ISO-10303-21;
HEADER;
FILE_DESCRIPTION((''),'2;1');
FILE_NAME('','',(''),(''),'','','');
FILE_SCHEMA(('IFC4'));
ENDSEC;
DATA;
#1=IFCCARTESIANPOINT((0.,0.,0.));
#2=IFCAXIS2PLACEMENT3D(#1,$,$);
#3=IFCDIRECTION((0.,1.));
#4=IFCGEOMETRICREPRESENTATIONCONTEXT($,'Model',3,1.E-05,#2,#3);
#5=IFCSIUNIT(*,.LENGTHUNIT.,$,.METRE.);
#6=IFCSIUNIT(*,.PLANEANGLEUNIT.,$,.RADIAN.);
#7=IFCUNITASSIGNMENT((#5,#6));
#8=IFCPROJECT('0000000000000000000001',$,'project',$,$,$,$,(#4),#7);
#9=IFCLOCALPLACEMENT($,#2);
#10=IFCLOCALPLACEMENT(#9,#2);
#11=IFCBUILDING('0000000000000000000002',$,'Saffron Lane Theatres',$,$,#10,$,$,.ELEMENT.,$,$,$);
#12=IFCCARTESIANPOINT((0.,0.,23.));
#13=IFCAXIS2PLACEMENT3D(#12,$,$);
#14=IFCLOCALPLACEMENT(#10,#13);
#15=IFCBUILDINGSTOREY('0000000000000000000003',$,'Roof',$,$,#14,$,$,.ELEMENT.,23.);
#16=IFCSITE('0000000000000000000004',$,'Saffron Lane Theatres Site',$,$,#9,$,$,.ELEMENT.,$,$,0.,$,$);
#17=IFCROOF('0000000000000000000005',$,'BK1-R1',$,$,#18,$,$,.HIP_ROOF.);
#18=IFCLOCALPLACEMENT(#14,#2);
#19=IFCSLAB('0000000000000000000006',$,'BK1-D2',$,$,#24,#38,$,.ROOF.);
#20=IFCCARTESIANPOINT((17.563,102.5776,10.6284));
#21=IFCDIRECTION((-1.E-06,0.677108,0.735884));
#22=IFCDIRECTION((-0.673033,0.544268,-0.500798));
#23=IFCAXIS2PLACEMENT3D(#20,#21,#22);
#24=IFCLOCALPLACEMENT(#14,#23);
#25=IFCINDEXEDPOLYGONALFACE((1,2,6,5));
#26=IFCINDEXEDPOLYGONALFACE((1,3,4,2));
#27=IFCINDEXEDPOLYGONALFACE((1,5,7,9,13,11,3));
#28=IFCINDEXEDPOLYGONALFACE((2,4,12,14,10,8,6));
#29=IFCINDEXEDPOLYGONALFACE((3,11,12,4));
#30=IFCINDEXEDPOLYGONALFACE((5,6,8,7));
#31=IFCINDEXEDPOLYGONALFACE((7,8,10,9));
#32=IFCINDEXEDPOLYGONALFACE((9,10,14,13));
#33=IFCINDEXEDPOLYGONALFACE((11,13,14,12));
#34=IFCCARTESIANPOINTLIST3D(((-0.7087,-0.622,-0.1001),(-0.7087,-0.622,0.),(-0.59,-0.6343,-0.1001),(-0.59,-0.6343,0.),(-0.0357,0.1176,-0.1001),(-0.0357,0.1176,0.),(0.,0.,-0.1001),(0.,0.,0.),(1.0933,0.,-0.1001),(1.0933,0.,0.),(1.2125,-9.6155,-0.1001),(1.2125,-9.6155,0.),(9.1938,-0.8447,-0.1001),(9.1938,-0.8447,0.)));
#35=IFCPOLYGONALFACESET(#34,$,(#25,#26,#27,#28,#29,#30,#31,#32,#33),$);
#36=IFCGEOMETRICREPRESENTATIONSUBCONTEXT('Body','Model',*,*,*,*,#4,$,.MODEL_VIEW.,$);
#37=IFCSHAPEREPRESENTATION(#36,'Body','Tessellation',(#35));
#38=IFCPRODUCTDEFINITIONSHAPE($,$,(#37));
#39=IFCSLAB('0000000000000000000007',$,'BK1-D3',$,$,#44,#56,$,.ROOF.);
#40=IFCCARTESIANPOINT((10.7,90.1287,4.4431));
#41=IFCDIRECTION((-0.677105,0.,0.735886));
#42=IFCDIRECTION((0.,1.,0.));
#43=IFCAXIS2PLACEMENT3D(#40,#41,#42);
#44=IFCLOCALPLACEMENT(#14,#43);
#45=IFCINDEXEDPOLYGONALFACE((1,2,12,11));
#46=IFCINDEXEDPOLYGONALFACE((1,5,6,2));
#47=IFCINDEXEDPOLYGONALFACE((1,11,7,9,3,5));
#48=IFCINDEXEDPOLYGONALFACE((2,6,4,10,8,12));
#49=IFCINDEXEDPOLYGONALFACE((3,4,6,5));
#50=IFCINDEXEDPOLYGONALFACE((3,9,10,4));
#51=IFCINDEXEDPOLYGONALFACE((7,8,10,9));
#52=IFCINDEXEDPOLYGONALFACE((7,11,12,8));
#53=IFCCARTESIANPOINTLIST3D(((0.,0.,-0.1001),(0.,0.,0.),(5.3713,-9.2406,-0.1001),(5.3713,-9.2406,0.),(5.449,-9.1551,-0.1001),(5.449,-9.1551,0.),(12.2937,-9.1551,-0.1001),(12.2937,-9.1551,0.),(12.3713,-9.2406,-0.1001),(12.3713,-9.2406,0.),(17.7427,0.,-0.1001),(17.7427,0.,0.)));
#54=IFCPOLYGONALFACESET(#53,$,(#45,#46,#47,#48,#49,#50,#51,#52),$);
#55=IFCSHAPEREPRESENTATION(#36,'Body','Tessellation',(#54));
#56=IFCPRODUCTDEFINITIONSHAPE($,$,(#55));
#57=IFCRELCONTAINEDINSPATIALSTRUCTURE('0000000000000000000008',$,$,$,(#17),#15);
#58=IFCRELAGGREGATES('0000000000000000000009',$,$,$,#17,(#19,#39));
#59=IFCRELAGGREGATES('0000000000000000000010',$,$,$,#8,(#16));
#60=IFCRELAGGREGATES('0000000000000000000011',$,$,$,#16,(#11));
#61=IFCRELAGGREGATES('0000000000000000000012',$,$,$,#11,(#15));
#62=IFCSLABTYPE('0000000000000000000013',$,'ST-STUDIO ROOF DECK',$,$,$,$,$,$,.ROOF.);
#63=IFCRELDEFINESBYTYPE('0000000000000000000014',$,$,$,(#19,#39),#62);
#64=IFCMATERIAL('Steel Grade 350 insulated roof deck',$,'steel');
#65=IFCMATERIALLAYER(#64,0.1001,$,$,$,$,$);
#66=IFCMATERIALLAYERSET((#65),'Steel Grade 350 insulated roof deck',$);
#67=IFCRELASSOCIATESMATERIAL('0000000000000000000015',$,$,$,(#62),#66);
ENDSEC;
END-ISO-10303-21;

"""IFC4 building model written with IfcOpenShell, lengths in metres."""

from ifc_helpers import new_model, si_unit, direction, frame, origin, place, context, subcontext, project, spatial, polyline, outline, extrude, material, layer, layer_set, type_object, element, aggregate, save


model = new_model("IFC4")

# Units and contexts
model_context = context("Model", 3, precision=1e-05, world=origin(), true_north=direction((0.0, 1.0)))
body_context = subcontext(model_context, "Body", "Model", "MODEL_VIEW")
ifc_project = project(units=[si_unit("LENGTHUNIT", "METRE"), si_unit("PLANEANGLEUNIT", "RADIAN")], contexts=[model_context])

# Site, building, storey
site_placement = place(None, origin())
site = spatial("IfcSite", under=ifc_project, at=site_placement, Name="Saffron Lane Theatres Site", CompositionType="ELEMENT", RefElevation=0.0)
building_placement = place(site_placement, origin())
building = spatial("IfcBuilding", under=site, at=building_placement, Name="Saffron Lane Theatres", CompositionType="ELEMENT")
storey_placement = place(building_placement, frame((0.0, 0.0, 23.0)))
storey = spatial("IfcBuildingStorey", under=building, at=storey_placement, Name="Roof", CompositionType="ELEMENT", Elevation=23.0)

# Roof, slabs
roof_placement = place(storey_placement, origin())
roof = element("IfcRoof", 1, at=roof_placement, inside=storey, Name="BK1-R1", PredefinedType="HIP_ROOF")
ifc_material_1 = material(Name="Steel Grade 350 insulated roof deck", Category="steel")
ifc_layer_1 = layer(ifc_material_1, 0.1001)
ifc_layer_set_1 = layer_set([ifc_layer_1], Name="Steel Grade 350 insulated roof deck")
slab_type = type_object("IfcSlabType", Name="ST-STUDIO ROOF DECK", PredefinedType="ROOF", material=ifc_layer_set_1)
slab_1_placement = place(storey_placement, frame((17.563, 102.5776, 10.6284), z_axis=(-0.000001, 0.677108, 0.735884), x_axis=(-0.673033, 0.544268, -0.500798)))
slab_1 = element("IfcSlab", 2, at=slab_1_placement, type_object=slab_type, Name="BK1-D2", PredefinedType="ROOF", context=body_context, shape_type="SweptSolid", body=[
    extrude(outline(polyline([(0.0, 0.0), (1.0933, 0.0), (9.1938, -0.8447), (1.2125, -9.6155), (-0.59, -0.6343), (-0.7087, -0.622), (-0.0357, 0.1176), (0.0, 0.0)])), origin(), (0.0, 0.0, -1.0), 0.1001),
])
slab_2_placement = place(storey_placement, frame((10.7, 90.1287, 4.4431), z_axis=(-0.677105, 0.0, 0.735886), x_axis=(0.0, 1.0, 0.0)))
slab_2 = element("IfcSlab", 3, at=slab_2_placement, type_object=slab_type, Name="BK1-D3", PredefinedType="ROOF", context=body_context, shape_type="SweptSolid", body=[
    extrude(outline(polyline([(0.0, 0.0), (17.7427, 0.0), (12.2937, -9.1551), (12.3713, -9.2406), (5.3713, -9.2406), (5.449, -9.1551), (0.0, 0.0)])), origin(), (0.0, 0.0, -1.0), 0.1001),
])
aggregate(roof, [slab_1, slab_2])

save(model, "model.ifc")
